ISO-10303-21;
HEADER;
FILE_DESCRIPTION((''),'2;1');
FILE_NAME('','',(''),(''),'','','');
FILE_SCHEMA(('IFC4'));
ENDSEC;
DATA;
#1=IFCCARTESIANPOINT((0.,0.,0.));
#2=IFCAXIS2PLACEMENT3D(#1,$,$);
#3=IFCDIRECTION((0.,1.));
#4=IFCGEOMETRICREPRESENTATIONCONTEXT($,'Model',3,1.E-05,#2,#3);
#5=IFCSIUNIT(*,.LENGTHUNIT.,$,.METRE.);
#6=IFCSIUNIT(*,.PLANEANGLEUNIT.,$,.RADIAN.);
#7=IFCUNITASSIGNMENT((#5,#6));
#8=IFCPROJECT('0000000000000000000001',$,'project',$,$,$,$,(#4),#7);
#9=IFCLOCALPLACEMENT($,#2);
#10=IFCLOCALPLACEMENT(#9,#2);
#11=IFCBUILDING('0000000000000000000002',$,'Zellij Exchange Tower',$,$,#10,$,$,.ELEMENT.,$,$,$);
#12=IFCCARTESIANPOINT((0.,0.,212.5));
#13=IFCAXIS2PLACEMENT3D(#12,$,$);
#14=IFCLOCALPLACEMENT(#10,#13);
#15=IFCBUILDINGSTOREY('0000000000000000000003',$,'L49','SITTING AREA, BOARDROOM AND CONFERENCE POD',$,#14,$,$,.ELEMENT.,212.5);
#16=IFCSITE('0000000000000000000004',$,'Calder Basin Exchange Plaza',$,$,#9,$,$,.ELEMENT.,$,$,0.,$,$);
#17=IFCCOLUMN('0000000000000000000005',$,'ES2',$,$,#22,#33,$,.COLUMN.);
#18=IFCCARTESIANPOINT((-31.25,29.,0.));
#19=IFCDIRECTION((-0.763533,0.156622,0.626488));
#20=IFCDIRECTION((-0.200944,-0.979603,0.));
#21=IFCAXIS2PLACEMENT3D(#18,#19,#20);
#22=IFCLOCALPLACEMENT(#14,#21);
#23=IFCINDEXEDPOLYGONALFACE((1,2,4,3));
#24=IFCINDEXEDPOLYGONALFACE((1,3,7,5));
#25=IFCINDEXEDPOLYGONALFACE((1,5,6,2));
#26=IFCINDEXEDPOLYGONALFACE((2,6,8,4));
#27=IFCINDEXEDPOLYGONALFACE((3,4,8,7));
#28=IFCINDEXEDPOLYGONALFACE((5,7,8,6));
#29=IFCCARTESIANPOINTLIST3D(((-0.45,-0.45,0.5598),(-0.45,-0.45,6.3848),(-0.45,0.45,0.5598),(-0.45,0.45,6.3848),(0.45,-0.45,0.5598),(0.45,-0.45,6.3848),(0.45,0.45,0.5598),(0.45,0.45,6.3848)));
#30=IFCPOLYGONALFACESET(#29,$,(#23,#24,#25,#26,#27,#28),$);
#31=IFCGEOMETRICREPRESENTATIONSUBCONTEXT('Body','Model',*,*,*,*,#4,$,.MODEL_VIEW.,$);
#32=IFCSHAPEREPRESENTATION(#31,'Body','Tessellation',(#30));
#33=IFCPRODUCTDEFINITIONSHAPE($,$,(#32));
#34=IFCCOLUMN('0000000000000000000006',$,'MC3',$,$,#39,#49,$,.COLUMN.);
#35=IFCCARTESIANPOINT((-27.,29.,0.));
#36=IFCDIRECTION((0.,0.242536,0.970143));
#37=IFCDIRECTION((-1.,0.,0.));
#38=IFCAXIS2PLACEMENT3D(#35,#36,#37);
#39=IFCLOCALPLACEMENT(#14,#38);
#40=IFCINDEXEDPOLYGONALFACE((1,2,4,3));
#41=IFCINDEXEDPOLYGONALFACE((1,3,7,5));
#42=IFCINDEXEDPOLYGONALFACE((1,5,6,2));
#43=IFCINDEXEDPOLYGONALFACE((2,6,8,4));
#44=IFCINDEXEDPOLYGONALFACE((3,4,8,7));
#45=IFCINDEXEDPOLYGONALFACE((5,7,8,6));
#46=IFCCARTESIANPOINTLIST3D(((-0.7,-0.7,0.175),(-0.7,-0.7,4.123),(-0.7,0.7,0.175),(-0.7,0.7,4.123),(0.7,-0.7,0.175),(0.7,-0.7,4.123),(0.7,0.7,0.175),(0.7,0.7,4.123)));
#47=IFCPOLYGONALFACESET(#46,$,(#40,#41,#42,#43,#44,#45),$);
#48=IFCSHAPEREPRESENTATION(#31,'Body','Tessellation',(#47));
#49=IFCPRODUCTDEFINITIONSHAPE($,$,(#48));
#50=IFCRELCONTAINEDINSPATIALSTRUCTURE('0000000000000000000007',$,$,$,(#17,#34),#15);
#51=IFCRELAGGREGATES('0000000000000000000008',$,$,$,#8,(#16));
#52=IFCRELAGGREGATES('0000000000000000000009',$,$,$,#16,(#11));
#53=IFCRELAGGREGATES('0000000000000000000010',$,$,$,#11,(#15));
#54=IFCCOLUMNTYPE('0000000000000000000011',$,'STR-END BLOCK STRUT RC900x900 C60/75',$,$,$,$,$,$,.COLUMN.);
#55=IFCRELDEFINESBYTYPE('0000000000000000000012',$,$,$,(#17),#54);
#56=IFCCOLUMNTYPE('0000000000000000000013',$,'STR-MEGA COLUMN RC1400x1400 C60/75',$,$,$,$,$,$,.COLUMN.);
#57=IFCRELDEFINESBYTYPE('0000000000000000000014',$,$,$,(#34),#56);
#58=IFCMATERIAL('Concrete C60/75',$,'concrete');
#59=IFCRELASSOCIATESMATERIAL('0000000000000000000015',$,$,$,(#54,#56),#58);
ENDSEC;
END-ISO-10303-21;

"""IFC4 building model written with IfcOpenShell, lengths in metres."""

from ifc_helpers import new_model, si_unit, direction, frame, origin, origin_2d, place, context, subcontext, project, spatial, rectangle, extrude, clip, halfspace, material, material_profile, profile_set, type_object, element, save


model = new_model("IFC4")

# Units and contexts
model_context = context("Model", 3, precision=1e-05, world=origin(), true_north=direction((0.0, 1.0)))
body_context = subcontext(model_context, "Body", "Model", "MODEL_VIEW")
ifc_project = project(units=[si_unit("LENGTHUNIT", "METRE"), si_unit("PLANEANGLEUNIT", "RADIAN")], contexts=[model_context])

# Site, building, storey
site_placement = place(None, origin())
site = spatial("IfcSite", under=ifc_project, at=site_placement, Name="Calder Basin Exchange Plaza", CompositionType="ELEMENT", RefElevation=0.0)
building_placement = place(site_placement, origin())
building = spatial("IfcBuilding", under=site, at=building_placement, Name="Zellij Exchange Tower", CompositionType="ELEMENT")
storey_placement = place(building_placement, frame((0.0, 0.0, 212.5)))
storey = spatial("IfcBuildingStorey", under=building, at=storey_placement, Name="L49", Description="SITTING AREA, BOARDROOM AND CONFERENCE POD", CompositionType="ELEMENT", Elevation=212.5)

# Columns
ifc_material_1 = material(Name="Concrete C60/75", Category="concrete")
ifc_material_profile_1 = material_profile(ifc_material_1, rectangle(XDim=0.8999, YDim=0.8999, at=origin_2d()), Name="STR-END BLOCK STRUT RC900x900 C60/75")
ifc_profile_set_1 = profile_set([ifc_material_profile_1], Name="Concrete C60/75")
column_type_1 = type_object("IfcColumnType", Name="STR-END BLOCK STRUT RC900x900 C60/75", PredefinedType="COLUMN", material=ifc_profile_set_1)
column_1_placement = place(storey_placement, frame((-31.25, 29.0, 0.0), z_axis=(-0.763533, 0.156622, 0.626488), x_axis=(-0.200944, -0.979603, 0.0)))
element("IfcColumn", 1, at=column_1_placement, inside=storey, type_object=column_type_1, Name="ES2", PredefinedType="COLUMN", context=body_context, shape_type="Clipping", body=[
    clip(extrude(rectangle(XDim=0.8999, YDim=0.8999, at=origin_2d()), origin(), (0.0, 0.0, 1.0), 6.3848), halfspace(frame((0.0, 0.0, 0.5598)), True)),
])
ifc_material_profile_2 = material_profile(ifc_material_1, rectangle(XDim=1.3999, YDim=1.3999, at=origin_2d()), Name="STR-MEGA COLUMN RC1400x1400 C60/75")
ifc_profile_set_2 = profile_set([ifc_material_profile_2], Name="Concrete C60/75")
column_type_2 = type_object("IfcColumnType", Name="STR-MEGA COLUMN RC1400x1400 C60/75", PredefinedType="COLUMN", material=ifc_profile_set_2)
column_2_placement = place(storey_placement, frame((-27.0, 29.0, 0.0), z_axis=(0.0, 0.242536, 0.970143), x_axis=(-1.0, 0.0, 0.0)))
element("IfcColumn", 2, at=column_2_placement, inside=storey, type_object=column_type_2, Name="MC3", PredefinedType="COLUMN", context=body_context, shape_type="Clipping", body=[
    clip(extrude(rectangle(XDim=1.3999, YDim=1.3999, at=origin_2d()), origin(), (0.0, 0.0, 1.0), 4.123), halfspace(frame((0.0, 0.0, 0.175)), True)),
])

save(model, "model.ifc")
